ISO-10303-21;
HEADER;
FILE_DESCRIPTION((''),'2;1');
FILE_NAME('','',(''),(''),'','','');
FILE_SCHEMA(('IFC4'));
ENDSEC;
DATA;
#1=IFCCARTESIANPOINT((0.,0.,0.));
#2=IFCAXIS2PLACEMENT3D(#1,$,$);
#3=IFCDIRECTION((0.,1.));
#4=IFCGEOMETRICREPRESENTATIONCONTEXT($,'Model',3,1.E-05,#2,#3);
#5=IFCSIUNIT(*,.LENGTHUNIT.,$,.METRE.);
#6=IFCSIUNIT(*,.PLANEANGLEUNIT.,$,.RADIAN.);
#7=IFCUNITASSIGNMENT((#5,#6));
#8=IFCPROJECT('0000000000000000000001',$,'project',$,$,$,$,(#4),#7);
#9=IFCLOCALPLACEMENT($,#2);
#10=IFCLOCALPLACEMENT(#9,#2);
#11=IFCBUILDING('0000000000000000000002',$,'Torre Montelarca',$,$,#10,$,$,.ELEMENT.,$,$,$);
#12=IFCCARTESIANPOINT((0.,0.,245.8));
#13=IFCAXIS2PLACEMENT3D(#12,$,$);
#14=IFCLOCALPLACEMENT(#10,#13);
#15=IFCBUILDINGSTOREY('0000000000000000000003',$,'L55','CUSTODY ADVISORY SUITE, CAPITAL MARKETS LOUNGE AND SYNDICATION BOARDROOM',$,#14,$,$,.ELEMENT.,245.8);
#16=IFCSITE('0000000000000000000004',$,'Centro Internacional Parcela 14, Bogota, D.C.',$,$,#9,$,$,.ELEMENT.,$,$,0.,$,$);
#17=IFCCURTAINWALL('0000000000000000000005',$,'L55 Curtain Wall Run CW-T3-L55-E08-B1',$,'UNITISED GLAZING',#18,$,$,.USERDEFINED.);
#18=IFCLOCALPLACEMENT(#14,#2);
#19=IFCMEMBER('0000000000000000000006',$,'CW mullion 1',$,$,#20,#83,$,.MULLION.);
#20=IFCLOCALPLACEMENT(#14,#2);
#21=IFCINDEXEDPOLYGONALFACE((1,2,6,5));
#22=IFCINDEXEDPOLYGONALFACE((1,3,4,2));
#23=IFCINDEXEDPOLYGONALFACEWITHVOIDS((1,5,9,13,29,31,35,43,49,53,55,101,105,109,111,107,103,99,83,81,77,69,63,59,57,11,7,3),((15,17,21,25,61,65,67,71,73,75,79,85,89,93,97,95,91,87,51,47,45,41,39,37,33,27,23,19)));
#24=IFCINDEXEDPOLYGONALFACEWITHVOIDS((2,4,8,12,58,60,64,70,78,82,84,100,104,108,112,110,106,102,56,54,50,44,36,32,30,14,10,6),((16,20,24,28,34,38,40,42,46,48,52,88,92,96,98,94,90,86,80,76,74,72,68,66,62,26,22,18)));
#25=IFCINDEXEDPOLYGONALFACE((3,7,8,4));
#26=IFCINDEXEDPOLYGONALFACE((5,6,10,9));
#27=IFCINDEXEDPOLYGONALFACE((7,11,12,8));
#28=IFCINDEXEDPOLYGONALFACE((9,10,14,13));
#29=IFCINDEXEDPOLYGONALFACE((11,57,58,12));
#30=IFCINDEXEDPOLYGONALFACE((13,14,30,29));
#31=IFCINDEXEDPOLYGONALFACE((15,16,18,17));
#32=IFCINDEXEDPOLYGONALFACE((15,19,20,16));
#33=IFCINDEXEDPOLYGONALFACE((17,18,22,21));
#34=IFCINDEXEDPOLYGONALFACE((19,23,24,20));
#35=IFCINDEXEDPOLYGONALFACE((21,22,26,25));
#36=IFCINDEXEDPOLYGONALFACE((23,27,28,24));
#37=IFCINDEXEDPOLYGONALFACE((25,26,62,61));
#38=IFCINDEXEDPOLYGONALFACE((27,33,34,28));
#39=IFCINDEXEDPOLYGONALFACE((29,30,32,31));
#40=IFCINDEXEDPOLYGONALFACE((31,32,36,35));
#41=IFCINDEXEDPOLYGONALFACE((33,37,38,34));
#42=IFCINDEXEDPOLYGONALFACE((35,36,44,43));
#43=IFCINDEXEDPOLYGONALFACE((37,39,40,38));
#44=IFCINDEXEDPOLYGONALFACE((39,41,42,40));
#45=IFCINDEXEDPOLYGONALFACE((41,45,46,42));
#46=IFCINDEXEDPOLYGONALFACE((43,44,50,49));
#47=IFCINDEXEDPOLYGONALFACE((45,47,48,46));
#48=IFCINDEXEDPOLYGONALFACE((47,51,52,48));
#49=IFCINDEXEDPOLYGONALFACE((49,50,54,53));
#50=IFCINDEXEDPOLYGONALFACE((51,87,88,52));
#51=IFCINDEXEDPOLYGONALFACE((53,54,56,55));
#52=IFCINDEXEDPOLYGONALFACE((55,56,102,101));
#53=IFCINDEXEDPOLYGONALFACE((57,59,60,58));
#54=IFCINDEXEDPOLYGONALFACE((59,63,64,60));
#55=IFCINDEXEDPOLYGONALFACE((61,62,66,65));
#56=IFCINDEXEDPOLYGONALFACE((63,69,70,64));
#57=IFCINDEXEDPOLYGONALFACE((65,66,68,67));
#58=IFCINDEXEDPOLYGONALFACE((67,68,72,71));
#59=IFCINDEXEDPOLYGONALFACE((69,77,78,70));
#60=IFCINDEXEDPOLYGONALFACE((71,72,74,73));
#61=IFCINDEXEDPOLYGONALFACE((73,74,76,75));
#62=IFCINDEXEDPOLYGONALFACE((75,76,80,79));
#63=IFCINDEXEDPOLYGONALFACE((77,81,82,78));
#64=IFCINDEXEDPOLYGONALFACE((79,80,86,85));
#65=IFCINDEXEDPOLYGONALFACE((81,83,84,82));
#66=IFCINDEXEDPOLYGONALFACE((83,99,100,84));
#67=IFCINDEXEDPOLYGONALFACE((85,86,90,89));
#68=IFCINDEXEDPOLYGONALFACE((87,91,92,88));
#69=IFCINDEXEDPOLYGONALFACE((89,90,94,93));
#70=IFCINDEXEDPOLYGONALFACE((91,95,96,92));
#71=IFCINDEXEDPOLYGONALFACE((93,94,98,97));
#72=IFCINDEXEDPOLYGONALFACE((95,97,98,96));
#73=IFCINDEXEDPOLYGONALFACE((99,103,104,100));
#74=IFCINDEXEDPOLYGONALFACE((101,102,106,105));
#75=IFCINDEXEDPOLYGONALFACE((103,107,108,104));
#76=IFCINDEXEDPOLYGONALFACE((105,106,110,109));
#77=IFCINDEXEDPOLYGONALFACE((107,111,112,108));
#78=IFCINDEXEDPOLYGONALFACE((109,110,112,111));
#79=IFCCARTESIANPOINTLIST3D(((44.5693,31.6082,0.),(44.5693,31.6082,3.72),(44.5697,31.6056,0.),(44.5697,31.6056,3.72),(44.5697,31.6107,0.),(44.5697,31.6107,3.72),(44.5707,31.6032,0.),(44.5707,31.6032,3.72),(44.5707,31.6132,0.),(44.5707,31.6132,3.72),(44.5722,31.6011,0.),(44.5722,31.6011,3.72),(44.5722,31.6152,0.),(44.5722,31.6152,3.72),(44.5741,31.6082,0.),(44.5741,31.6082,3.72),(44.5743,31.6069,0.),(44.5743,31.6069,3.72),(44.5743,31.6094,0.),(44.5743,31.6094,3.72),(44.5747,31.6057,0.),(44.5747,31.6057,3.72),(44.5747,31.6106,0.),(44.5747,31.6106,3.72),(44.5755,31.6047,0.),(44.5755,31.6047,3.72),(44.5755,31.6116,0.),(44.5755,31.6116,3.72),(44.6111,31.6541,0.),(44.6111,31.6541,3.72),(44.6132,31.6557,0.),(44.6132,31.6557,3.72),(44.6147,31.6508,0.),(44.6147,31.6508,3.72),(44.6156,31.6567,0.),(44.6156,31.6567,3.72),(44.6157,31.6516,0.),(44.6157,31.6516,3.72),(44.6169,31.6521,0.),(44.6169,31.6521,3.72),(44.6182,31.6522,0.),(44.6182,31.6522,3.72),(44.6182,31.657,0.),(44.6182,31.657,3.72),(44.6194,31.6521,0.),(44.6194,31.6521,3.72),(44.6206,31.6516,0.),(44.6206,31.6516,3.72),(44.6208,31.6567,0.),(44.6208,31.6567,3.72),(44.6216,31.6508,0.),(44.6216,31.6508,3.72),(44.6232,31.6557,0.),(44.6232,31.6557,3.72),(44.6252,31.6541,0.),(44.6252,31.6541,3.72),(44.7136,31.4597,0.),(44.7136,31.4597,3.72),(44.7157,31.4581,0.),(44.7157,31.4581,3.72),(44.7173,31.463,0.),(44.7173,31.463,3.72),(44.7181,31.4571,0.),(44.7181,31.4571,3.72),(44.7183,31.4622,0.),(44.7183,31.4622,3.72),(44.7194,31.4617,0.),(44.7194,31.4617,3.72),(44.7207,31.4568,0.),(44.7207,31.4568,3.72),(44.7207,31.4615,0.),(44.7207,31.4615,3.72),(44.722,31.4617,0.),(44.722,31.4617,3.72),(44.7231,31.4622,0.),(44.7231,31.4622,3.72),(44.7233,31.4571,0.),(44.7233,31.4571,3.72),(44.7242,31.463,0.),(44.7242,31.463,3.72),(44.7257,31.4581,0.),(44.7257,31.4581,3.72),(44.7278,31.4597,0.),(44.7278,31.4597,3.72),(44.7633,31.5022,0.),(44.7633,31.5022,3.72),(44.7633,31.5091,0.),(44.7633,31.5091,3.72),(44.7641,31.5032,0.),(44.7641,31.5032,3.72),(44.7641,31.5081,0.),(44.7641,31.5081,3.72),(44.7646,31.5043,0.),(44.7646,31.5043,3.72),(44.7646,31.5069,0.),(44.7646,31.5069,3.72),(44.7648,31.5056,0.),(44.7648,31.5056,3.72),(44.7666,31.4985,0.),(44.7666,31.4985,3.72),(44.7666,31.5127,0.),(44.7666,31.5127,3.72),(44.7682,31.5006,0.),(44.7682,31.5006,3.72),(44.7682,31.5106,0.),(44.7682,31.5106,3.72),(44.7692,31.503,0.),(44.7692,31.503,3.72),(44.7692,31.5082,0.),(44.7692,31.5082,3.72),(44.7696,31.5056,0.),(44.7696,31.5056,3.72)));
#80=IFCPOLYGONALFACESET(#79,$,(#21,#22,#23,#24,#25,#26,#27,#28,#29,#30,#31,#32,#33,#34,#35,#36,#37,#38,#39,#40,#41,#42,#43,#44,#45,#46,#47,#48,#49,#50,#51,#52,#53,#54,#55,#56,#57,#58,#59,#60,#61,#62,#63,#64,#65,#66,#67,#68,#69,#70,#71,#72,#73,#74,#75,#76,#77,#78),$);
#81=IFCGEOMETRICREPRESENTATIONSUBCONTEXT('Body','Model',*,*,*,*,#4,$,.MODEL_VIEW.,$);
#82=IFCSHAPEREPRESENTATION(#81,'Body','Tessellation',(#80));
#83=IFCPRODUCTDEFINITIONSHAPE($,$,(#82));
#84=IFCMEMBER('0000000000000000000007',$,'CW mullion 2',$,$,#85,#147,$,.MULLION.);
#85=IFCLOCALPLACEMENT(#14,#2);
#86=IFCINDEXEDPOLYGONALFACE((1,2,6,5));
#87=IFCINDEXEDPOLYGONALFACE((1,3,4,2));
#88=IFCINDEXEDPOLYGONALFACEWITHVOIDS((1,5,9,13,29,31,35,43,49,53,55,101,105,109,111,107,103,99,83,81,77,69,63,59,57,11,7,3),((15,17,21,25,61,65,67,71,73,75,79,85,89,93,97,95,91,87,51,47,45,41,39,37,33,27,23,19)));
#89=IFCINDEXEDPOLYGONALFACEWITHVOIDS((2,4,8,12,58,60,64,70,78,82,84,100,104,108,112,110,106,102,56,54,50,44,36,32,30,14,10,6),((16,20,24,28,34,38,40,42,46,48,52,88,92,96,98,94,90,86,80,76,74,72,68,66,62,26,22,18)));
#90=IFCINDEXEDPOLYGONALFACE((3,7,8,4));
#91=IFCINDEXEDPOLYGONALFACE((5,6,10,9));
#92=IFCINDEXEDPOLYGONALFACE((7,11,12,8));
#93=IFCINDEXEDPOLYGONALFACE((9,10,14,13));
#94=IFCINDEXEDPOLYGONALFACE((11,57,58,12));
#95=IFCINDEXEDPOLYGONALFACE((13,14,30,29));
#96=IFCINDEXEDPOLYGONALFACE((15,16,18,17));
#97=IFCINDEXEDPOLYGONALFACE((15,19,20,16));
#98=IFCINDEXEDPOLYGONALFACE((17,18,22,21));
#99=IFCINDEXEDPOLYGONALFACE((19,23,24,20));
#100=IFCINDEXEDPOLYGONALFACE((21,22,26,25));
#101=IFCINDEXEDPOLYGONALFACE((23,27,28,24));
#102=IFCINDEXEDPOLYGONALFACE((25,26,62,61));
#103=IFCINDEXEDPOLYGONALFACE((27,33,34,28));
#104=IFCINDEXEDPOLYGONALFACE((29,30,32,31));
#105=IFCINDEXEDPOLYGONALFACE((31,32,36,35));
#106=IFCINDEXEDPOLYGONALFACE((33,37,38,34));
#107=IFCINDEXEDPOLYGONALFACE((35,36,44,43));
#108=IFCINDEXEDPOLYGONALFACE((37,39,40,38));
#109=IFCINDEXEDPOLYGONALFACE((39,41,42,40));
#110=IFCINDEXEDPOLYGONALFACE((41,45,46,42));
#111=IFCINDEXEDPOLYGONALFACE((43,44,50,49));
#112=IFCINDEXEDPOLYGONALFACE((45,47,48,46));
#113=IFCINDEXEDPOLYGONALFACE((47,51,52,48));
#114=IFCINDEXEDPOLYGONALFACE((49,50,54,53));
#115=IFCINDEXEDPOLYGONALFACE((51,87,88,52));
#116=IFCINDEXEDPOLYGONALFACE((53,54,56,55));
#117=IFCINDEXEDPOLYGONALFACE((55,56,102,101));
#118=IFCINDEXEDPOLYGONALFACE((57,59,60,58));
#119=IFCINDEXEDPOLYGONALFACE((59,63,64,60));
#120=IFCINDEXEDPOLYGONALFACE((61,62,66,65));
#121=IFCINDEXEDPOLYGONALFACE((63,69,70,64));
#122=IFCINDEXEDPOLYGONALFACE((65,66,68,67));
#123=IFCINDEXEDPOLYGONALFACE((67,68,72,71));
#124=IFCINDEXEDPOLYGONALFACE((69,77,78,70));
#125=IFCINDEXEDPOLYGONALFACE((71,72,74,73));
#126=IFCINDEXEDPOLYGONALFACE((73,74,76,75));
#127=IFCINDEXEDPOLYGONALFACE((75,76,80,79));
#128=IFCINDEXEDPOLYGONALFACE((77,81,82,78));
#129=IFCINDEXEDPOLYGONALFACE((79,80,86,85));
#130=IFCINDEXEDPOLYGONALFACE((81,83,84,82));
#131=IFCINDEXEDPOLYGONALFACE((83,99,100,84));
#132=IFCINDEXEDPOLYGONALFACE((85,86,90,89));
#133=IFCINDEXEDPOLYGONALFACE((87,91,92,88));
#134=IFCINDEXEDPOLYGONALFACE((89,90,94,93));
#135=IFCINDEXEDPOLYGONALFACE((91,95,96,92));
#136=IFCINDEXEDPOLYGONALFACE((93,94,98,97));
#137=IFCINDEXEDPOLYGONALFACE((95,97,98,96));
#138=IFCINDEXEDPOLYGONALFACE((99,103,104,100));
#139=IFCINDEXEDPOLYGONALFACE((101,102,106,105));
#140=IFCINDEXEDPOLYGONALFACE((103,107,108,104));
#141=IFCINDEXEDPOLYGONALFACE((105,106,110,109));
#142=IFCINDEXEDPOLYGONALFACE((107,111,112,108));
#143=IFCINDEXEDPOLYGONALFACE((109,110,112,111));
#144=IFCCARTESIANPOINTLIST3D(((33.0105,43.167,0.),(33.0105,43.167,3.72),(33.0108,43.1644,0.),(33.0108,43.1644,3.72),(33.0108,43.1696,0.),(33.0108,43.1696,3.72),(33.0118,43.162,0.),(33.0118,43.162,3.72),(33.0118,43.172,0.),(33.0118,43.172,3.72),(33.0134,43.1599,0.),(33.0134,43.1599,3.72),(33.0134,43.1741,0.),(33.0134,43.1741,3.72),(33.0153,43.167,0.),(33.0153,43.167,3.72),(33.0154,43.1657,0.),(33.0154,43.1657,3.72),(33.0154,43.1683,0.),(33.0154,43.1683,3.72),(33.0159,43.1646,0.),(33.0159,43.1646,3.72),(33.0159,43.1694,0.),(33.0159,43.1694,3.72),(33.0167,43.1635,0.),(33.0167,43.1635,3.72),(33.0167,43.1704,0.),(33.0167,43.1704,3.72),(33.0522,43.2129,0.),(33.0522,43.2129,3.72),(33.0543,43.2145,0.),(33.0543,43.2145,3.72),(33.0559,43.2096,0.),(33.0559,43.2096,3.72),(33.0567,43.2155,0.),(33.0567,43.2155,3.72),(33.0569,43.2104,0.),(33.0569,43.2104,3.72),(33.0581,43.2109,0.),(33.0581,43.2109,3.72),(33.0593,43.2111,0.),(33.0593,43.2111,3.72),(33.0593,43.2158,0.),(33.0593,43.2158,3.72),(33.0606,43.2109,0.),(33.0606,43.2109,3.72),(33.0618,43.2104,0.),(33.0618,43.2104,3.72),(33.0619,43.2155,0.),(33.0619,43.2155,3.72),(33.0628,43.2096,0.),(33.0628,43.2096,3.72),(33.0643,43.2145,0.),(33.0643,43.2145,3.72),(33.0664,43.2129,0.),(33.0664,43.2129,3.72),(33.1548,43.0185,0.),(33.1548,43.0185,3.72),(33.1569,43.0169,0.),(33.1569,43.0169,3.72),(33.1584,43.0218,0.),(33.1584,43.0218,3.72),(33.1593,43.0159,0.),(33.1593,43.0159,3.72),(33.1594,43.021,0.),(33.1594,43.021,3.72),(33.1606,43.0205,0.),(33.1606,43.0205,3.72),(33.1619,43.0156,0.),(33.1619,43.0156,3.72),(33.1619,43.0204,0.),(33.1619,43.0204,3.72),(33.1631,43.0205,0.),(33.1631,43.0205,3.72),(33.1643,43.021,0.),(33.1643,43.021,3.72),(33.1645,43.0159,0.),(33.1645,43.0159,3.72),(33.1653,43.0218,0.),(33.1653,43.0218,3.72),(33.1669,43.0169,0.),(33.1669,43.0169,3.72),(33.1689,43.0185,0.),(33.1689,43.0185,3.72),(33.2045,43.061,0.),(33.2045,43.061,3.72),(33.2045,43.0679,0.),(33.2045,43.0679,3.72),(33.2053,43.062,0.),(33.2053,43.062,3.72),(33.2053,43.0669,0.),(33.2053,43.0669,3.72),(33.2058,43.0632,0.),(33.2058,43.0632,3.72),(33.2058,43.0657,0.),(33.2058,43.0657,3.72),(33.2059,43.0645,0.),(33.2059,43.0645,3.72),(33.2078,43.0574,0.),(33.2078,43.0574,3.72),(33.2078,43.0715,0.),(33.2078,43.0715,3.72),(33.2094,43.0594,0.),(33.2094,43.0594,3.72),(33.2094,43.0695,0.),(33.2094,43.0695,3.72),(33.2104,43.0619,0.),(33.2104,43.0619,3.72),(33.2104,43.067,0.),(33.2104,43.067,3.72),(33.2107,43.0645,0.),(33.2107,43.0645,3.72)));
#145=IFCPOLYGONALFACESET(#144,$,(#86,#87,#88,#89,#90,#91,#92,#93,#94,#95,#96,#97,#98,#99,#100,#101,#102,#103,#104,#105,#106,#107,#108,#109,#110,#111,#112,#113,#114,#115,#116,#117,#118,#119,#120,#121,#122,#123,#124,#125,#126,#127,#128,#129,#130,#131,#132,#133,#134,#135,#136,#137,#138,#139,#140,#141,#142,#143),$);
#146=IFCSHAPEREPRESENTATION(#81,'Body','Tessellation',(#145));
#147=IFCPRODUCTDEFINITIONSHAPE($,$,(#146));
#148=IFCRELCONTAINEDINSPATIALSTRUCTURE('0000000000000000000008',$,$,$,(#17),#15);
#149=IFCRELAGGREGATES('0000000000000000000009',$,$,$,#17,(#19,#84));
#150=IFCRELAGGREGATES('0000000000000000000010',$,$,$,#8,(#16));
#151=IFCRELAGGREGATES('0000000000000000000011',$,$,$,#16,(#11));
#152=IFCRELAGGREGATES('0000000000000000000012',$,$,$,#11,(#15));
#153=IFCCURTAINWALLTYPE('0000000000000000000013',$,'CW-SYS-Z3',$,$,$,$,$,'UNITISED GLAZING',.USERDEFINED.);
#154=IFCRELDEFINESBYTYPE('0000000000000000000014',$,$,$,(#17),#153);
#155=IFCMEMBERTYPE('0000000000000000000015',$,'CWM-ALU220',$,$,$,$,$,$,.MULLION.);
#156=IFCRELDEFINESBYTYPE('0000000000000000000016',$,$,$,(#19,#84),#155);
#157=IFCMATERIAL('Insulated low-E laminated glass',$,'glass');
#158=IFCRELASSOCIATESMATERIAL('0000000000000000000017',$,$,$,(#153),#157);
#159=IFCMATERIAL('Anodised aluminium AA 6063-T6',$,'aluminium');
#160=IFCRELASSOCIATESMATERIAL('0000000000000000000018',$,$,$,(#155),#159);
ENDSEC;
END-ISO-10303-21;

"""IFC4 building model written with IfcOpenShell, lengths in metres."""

from ifc_helpers import new_model, si_unit, direction, frame, origin, origin_2d, place, context, subcontext, project, spatial, hollow_rectangle, extrude, source, transform, mapped, material, material_profile, profile_set, type_object, element, aggregate, save


model = new_model("IFC4")

# Units and contexts
model_context = context("Model", 3, precision=1e-05, world=origin(), true_north=direction((0.0, 1.0)))
body_context = subcontext(model_context, "Body", "Model", "MODEL_VIEW")
ifc_project = project(units=[si_unit("LENGTHUNIT", "METRE"), si_unit("PLANEANGLEUNIT", "RADIAN")], contexts=[model_context])

# Site, building, storey
site_placement = place(None, origin())
site = spatial("IfcSite", under=ifc_project, at=site_placement, Name="Centro Internacional Parcela 14, Bogota, D.C.", CompositionType="ELEMENT", RefElevation=0.0)
building_placement = place(site_placement, origin())
building = spatial("IfcBuilding", under=site, at=building_placement, Name="Torre Montelarca", CompositionType="ELEMENT")
storey_placement = place(building_placement, frame((0.0, 0.0, 245.8)))
storey = spatial("IfcBuildingStorey", under=building, at=storey_placement, Name="L55", Description="CUSTODY ADVISORY SUITE, CAPITAL MARKETS LOUNGE AND SYNDICATION BOARDROOM", CompositionType="ELEMENT", Elevation=245.8)

# Shared definitions
ifc_material_1 = material(Name="Insulated low-E laminated glass", Category="glass")
curtain_wall_type = type_object("IfcCurtainWallType", Name="CW-SYS-Z3", ElementType="UNITISED GLAZING", PredefinedType="USERDEFINED", material=ifc_material_1)
ifc_material_2 = material(Name="Anodised aluminium AA 6063-T6", Category="aluminium")
ifc_material_profile_1 = material_profile(ifc_material_2, hollow_rectangle(XDim=0.075, YDim=0.22, WallThickness=0.0049, InnerFilletRadius=0.0049, OuterFilletRadius=0.01, at=origin_2d()), Name="ALU75X220X5", Category="aluminium")
ifc_profile_set_1 = profile_set([ifc_material_profile_1], Name="Anodised aluminium AA 6063-T6")
member_type_1 = type_object("IfcMemberType", Name="CWM-ALU220", PredefinedType="MULLION", material=ifc_profile_set_1)
shared_shape_1 = source(origin(), body_context, "Body", "SweptSolid", [
    extrude(hollow_rectangle(XDim=0.075, YDim=0.22, WallThickness=0.0049, InnerFilletRadius=0.0049, OuterFilletRadius=0.01, at=origin_2d()), origin(), (0.0, 0.0, 1.0), 3.72),
])

# Curtain wall, members
curtain_wall_1_placement = place(storey_placement, origin())
curtain_wall_1 = element("IfcCurtainWall", 1, at=curtain_wall_1_placement, inside=storey, type_object=curtain_wall_type, Name="L55 Curtain Wall Run CW-T3-L55-E08-B1", ObjectType="UNITISED GLAZING", PredefinedType="USERDEFINED")
member_1_placement = place(storey_placement, frame((44.6694, 31.5569, 0.0), z_axis=(0.0, 0.0, 1.0), x_axis=(-0.707108, -0.707105, 0.0)))
member_1 = element("IfcMember", 2, at=member_1_placement, type_object=member_type_1, Name="CW mullion 1", PredefinedType="MULLION", context=body_context, shape_type="MappedRepresentation", body=[
    mapped(shared_shape_1, transform((0.0, 0.0, 0.0), scale=1.0)),
])
member_2_placement = place(storey_placement, frame((33.1106, 43.1157, 0.0), z_axis=(0.0, 0.0, 1.0), x_axis=(-0.707108, -0.707105, 0.0)))
member_2 = element("IfcMember", 3, at=member_2_placement, type_object=member_type_1, Name="CW mullion 2", PredefinedType="MULLION", context=body_context, shape_type="MappedRepresentation", body=[
    mapped(shared_shape_1, transform((0.0, 0.0, 0.0), scale=1.0)),
])

aggregate(curtain_wall_1, [member_1, member_2])

save(model, "model.ifc")
